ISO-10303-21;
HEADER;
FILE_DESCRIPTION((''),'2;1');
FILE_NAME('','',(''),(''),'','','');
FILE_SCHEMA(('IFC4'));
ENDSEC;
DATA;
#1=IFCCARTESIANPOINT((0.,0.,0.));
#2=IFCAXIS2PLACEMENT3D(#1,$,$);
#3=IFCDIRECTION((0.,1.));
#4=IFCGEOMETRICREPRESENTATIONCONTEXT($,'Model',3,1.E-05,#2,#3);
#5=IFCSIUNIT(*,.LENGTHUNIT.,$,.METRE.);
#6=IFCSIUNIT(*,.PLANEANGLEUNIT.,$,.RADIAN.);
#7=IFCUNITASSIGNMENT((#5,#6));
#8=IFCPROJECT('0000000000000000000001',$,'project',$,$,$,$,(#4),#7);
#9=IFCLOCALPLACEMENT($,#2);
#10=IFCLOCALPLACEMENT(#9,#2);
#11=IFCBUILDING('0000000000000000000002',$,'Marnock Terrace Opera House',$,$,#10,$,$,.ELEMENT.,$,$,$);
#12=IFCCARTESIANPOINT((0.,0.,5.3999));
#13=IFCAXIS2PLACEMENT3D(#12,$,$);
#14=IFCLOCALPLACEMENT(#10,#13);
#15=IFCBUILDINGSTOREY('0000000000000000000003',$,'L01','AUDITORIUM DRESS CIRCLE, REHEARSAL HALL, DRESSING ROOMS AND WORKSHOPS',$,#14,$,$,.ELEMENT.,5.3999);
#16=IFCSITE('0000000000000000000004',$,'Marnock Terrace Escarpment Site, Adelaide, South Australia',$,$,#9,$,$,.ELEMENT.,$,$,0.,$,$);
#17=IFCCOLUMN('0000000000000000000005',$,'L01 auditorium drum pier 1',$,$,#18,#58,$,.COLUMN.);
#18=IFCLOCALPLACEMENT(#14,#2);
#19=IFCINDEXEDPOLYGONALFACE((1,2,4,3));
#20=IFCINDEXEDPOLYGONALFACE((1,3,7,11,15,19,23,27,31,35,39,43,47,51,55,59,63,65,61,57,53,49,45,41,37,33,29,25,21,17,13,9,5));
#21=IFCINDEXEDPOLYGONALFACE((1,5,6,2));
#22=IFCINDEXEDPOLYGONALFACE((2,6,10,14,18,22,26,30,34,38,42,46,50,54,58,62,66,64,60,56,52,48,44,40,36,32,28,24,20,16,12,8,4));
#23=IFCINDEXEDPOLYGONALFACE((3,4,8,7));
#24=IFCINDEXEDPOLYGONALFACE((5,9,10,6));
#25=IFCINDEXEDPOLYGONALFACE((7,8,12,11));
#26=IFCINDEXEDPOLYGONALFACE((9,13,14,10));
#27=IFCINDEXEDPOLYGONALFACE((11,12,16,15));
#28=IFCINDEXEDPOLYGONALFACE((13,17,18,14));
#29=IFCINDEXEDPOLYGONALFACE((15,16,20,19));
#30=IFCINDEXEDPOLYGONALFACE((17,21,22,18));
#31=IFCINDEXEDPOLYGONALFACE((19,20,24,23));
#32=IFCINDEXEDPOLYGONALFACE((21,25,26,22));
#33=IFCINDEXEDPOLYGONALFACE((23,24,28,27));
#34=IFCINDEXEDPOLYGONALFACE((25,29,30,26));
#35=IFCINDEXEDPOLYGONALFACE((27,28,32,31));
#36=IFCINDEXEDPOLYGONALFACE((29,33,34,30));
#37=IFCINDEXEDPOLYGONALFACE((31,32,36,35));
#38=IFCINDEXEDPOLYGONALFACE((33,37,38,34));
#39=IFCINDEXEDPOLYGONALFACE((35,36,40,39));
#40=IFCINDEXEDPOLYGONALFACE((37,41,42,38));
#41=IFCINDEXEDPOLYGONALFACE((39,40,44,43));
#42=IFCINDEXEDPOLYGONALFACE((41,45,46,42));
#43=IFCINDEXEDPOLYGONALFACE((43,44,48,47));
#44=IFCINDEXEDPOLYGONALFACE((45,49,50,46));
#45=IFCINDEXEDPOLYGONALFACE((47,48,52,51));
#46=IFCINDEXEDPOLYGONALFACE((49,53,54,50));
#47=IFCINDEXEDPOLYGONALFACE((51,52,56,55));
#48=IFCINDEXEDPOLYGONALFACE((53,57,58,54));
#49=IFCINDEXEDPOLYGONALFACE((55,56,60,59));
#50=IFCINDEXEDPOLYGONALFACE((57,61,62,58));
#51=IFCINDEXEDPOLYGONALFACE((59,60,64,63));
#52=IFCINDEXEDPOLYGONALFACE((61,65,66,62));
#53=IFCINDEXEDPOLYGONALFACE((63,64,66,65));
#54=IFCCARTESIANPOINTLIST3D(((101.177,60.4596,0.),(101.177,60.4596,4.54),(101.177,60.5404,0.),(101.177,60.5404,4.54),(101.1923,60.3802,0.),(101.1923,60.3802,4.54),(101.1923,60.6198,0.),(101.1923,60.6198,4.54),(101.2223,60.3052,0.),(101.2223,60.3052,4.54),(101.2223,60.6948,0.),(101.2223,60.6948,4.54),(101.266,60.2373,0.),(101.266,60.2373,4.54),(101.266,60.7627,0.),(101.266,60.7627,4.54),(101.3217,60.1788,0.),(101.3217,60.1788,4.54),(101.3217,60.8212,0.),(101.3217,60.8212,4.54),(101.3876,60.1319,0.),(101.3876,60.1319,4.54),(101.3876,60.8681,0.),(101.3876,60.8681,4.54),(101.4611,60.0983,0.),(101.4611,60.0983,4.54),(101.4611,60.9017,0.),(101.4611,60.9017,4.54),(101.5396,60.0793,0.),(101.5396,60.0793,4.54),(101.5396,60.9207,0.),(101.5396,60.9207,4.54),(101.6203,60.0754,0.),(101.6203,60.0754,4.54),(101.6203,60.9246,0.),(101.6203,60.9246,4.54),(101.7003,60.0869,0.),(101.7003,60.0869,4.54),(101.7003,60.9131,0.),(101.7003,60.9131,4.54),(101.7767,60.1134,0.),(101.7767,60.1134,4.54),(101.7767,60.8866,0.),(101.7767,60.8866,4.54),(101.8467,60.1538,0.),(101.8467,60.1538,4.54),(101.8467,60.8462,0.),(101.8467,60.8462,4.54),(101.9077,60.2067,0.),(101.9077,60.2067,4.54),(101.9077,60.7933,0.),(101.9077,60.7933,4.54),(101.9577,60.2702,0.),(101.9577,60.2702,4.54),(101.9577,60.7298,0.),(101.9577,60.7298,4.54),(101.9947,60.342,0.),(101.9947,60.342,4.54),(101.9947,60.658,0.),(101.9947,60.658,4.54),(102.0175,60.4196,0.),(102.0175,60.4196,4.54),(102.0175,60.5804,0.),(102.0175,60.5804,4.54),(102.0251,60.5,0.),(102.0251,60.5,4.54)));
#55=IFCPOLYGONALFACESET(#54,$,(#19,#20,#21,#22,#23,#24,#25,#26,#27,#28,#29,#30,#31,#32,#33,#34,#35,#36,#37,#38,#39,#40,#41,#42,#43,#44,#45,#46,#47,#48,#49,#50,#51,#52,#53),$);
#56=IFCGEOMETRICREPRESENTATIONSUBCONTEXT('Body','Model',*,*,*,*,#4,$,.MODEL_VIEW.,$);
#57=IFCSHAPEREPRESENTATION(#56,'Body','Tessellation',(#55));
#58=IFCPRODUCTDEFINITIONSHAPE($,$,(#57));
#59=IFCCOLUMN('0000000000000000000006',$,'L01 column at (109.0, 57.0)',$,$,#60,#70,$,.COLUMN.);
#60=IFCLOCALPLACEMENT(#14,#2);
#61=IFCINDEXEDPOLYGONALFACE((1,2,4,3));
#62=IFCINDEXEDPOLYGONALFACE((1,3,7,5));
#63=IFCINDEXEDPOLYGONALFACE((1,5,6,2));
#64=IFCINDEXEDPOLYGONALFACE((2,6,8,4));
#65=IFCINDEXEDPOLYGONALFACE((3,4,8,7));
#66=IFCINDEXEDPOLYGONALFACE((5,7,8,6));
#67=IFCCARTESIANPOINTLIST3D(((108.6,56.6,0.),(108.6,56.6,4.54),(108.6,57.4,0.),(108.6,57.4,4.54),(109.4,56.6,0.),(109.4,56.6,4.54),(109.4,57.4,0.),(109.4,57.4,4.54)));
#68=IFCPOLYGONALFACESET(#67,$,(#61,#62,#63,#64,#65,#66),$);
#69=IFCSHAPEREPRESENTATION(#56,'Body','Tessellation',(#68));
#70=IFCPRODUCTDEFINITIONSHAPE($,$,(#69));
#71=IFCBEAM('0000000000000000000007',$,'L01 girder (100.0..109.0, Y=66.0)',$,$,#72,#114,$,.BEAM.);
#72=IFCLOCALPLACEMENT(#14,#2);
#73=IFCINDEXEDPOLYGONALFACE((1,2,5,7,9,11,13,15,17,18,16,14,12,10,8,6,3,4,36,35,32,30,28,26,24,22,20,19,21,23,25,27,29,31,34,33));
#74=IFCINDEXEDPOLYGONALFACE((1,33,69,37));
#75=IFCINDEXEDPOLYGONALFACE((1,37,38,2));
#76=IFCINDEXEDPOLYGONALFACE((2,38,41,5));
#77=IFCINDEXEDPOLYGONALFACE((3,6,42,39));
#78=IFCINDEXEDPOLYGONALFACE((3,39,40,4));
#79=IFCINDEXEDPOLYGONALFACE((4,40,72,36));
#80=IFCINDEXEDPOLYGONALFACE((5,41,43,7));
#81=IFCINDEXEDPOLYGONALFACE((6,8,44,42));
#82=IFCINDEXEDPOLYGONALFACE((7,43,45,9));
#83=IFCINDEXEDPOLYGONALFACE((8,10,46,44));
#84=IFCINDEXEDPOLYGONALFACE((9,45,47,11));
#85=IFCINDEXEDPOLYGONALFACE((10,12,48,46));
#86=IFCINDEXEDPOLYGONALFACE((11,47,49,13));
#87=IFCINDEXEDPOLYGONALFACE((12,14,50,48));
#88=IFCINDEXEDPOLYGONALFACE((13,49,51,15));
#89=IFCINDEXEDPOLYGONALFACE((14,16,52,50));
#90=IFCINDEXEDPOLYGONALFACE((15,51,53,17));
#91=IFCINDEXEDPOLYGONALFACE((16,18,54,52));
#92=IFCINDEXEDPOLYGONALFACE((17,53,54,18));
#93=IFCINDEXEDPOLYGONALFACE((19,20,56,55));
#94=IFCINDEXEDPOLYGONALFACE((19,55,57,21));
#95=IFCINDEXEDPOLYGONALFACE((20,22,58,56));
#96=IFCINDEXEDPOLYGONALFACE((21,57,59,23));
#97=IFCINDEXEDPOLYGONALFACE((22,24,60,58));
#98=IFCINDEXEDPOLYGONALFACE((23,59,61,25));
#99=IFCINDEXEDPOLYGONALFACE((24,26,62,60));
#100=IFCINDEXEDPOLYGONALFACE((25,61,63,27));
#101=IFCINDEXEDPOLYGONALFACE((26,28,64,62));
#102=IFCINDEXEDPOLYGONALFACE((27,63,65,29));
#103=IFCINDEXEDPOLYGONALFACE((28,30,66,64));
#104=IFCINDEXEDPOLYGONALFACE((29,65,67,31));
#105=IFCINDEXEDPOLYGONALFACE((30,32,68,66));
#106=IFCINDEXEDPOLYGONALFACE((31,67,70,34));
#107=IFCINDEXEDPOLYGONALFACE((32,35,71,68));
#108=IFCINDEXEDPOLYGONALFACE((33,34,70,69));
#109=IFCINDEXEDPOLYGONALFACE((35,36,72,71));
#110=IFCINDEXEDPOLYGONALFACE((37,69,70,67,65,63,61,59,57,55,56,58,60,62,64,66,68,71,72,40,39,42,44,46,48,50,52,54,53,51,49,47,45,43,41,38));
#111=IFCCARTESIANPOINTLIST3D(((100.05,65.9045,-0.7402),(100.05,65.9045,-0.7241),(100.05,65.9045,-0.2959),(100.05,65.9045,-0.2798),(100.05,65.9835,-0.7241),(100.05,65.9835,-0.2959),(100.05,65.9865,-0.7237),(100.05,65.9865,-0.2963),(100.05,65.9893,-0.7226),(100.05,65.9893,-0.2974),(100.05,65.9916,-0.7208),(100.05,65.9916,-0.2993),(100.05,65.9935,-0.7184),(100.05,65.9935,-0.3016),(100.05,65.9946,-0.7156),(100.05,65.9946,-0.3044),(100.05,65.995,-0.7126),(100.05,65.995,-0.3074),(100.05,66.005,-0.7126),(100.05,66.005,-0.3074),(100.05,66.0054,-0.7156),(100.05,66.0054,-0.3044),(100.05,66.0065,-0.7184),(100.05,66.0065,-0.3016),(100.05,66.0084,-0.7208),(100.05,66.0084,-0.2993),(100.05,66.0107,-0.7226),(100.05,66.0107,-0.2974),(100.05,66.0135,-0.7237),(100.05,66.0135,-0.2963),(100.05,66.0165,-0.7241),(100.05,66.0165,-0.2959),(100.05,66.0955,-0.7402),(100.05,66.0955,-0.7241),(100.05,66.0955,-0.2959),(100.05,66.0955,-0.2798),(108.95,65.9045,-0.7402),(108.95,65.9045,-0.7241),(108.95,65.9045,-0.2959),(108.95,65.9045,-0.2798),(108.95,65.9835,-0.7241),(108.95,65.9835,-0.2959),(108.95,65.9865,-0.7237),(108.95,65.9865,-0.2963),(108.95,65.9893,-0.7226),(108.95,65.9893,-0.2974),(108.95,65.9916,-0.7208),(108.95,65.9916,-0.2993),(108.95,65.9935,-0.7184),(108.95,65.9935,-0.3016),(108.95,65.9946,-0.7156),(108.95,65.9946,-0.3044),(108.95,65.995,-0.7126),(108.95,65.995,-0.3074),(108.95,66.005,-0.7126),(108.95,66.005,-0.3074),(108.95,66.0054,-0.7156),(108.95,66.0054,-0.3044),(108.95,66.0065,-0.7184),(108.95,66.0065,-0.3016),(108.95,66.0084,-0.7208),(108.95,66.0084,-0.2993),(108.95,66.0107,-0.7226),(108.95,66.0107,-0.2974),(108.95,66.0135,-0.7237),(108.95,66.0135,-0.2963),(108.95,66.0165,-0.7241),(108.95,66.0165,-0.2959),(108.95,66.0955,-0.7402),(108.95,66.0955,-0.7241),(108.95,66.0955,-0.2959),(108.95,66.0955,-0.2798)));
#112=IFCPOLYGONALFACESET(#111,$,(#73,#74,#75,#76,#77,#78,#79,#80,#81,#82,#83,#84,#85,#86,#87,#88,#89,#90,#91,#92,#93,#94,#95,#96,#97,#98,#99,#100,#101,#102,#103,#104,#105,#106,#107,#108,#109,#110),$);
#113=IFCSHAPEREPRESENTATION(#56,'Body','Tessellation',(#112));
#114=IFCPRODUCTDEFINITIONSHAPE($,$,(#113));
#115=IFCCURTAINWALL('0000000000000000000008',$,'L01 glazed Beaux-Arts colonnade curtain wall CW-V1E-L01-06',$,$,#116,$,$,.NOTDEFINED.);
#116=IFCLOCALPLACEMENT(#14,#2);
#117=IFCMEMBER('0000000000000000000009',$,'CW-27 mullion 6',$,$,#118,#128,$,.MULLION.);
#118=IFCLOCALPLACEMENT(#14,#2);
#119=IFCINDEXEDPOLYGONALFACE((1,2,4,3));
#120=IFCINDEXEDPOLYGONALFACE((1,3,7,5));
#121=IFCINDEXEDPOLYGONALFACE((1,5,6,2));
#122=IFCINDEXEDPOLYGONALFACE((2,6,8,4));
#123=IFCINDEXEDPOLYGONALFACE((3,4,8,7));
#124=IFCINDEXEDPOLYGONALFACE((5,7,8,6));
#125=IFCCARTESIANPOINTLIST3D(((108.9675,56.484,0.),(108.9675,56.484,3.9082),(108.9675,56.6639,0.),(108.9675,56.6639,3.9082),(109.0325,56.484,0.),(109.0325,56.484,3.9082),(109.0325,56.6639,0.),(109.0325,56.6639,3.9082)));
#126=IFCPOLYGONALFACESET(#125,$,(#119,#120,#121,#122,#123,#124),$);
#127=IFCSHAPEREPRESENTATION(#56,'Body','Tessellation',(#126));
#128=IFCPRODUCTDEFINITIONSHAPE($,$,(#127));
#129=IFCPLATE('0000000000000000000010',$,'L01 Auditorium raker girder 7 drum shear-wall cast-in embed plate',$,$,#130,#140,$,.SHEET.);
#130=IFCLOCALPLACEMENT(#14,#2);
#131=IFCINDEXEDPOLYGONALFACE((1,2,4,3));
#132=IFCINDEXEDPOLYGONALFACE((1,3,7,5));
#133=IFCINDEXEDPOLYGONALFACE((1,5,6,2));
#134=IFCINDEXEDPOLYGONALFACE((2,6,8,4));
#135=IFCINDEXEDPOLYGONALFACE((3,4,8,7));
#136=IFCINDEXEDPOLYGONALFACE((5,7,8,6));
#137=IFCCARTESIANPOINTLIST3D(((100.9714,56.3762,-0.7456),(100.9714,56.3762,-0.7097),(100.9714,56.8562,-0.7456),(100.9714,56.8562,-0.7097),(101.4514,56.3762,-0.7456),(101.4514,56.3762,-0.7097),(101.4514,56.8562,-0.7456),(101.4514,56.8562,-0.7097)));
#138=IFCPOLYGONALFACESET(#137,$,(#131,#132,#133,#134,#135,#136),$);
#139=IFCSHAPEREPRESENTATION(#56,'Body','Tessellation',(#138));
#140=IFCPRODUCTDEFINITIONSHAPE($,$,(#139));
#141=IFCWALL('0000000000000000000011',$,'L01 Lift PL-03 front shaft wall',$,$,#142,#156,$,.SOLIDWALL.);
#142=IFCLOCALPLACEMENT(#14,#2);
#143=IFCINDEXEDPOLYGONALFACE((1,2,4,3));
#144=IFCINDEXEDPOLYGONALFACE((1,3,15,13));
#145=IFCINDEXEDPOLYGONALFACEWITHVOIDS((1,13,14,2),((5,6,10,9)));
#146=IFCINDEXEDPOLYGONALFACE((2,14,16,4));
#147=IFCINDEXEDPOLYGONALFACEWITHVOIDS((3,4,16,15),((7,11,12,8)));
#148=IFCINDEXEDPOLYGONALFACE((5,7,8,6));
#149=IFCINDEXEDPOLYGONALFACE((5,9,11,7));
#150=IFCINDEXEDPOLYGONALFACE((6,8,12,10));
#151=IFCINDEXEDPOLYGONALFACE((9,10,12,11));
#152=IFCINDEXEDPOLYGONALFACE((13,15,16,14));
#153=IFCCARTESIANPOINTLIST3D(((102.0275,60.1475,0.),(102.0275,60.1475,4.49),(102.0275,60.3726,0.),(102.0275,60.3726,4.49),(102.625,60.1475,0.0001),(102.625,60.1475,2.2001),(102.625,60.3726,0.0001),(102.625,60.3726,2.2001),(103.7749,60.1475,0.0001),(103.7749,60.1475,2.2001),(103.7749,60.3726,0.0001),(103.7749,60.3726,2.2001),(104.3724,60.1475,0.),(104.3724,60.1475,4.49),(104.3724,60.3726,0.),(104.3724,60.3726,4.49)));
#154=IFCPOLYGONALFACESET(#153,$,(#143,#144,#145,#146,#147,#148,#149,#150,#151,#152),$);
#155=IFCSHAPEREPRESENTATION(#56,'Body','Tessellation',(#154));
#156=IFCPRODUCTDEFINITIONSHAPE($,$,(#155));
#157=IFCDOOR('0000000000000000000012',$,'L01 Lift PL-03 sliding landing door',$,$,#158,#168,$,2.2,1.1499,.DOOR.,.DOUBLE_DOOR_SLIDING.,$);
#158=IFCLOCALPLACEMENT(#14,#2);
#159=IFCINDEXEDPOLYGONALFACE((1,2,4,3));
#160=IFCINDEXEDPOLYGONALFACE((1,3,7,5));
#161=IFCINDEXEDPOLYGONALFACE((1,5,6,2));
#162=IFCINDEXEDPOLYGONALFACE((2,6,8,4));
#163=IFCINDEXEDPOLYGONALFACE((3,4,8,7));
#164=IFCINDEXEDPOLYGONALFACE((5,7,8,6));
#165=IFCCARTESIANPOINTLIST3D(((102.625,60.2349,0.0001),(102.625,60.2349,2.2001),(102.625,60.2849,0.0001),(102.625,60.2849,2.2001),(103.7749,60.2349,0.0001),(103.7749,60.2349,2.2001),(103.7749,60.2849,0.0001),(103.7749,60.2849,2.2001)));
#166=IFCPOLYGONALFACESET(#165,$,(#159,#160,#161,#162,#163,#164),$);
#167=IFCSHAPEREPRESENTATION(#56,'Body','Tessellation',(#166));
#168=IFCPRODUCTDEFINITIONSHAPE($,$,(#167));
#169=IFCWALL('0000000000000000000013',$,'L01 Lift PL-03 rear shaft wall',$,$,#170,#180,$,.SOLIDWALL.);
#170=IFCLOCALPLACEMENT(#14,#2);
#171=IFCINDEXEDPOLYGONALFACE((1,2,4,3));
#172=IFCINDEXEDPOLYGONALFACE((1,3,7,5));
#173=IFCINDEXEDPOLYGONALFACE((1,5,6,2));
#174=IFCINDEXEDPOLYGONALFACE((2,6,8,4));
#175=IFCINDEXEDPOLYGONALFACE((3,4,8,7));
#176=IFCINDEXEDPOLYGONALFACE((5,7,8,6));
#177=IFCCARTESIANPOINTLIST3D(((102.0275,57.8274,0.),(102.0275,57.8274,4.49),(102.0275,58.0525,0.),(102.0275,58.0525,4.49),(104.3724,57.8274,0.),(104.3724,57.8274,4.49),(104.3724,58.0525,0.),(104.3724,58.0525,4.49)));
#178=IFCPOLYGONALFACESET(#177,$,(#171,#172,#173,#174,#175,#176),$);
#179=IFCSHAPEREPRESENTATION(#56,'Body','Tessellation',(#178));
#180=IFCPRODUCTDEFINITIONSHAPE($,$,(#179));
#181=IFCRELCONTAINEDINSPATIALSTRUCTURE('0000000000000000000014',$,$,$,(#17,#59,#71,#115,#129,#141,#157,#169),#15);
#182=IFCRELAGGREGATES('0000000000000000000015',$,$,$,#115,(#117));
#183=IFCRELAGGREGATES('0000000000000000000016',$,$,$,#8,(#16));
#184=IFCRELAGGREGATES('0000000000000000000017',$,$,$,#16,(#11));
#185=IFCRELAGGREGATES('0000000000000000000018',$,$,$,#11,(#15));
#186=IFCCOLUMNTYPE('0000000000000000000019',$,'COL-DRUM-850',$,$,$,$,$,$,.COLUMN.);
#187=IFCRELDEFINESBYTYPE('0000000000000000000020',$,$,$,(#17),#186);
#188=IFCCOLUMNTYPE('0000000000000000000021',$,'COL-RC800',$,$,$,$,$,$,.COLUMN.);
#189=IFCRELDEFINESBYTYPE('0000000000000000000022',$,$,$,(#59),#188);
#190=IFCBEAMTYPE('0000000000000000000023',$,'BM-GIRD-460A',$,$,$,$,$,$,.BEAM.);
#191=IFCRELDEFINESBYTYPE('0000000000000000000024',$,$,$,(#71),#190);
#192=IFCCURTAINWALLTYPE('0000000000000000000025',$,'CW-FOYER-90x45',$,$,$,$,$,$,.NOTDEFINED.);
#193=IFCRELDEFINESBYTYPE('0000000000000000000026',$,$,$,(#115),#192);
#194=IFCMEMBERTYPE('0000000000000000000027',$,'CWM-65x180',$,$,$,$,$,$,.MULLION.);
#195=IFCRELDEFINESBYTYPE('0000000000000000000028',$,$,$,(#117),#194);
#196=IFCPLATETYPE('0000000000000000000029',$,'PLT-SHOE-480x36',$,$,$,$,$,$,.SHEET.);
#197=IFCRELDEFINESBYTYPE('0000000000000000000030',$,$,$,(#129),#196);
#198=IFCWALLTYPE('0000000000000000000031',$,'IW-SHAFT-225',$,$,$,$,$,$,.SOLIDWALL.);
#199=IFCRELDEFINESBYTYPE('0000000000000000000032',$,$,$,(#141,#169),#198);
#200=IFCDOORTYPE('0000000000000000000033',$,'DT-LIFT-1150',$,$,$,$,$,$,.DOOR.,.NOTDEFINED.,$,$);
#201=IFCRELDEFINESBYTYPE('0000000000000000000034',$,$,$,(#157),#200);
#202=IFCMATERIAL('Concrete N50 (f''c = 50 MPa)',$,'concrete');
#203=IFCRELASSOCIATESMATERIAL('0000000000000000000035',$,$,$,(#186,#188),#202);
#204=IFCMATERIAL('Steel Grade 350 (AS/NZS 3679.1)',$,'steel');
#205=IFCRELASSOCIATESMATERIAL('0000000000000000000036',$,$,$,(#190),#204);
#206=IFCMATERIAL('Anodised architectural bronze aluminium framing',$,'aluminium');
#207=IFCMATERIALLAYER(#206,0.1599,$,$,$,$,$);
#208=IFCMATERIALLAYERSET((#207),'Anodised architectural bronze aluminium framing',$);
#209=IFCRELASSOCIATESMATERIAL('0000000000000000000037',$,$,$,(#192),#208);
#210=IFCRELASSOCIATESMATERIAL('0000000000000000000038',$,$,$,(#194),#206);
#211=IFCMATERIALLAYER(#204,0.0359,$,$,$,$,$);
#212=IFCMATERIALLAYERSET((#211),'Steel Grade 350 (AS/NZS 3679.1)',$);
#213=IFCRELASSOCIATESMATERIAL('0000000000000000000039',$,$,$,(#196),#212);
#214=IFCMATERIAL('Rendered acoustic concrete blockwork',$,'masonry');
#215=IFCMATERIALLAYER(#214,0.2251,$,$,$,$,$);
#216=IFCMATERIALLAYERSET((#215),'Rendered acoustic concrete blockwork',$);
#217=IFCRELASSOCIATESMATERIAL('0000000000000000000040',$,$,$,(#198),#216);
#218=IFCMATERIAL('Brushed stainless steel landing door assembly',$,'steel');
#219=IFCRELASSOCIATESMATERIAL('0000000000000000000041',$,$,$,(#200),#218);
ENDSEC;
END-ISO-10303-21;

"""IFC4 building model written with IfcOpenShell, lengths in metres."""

from ifc_helpers import new_model, si_unit, direction, frame, frame_2d, origin, origin_2d, place, context, subcontext, project, spatial, rectangle, circle, i_section, extrude, material, layer, layer_set, material_profile, profile_set, type_object, element, fill, aggregate, save


model = new_model("IFC4")

# Units and contexts
model_context = context("Model", 3, precision=1e-05, world=origin(), true_north=direction((0.0, 1.0)))
body_context = subcontext(model_context, "Body", "Model", "MODEL_VIEW")
ifc_project = project(units=[si_unit("LENGTHUNIT", "METRE"), si_unit("PLANEANGLEUNIT", "RADIAN")], contexts=[model_context])

# Site, building, storey
site_placement = place(None, origin())
site = spatial("IfcSite", under=ifc_project, at=site_placement, Name="Marnock Terrace Escarpment Site, Adelaide, South Australia", CompositionType="ELEMENT", RefElevation=0.0)
building_placement = place(site_placement, origin())
building = spatial("IfcBuilding", under=site, at=building_placement, Name="Marnock Terrace Opera House", CompositionType="ELEMENT")
storey_placement = place(building_placement, frame((0.0, 0.0, 5.3999)))
storey = spatial("IfcBuildingStorey", under=building, at=storey_placement, Name="L01", Description="AUDITORIUM DRESS CIRCLE, REHEARSAL HALL, DRESSING ROOMS AND WORKSHOPS", CompositionType="ELEMENT", Elevation=5.3999)

# Columns
ifc_material_1 = material(Name="Concrete N50 (f'c = 50 MPa)", Category="concrete")
ifc_material_profile_1 = material_profile(ifc_material_1, circle(Radius=0.425, at=origin_2d()))
ifc_profile_set_1 = profile_set([ifc_material_profile_1], Name="Concrete N50 (f'c = 50 MPa)")
column_type_1 = type_object("IfcColumnType", Name="COL-DRUM-850", PredefinedType="COLUMN", material=ifc_profile_set_1)
column_1_placement = place(storey_placement, frame((101.6001, 60.5, 0.0), z_axis=(0.0, 0.0, 1.0), x_axis=(1.0, 0.0, 0.0)))
element("IfcColumn", 1, at=column_1_placement, inside=storey, type_object=column_type_1, Name="L01 auditorium drum pier 1", PredefinedType="COLUMN", context=body_context, shape_type="SweptSolid", body=[
    extrude(circle(Radius=0.425, at=origin_2d()), origin(), (0.0, 0.0, 1.0), 4.54),
])
ifc_material_profile_2 = material_profile(ifc_material_1, rectangle(XDim=0.8, YDim=0.8, at=origin_2d()))
ifc_profile_set_2 = profile_set([ifc_material_profile_2], Name="Concrete N50 (f'c = 50 MPa)")
column_type_2 = type_object("IfcColumnType", Name="COL-RC800", PredefinedType="COLUMN", material=ifc_profile_set_2)
column_2_placement = place(storey_placement, frame((109.0, 57.0, 0.0), z_axis=(0.0, 0.0, 1.0), x_axis=(1.0, 0.0, 0.0)))
element("IfcColumn", 2, at=column_2_placement, inside=storey, type_object=column_type_2, Name="L01 column at (109.0, 57.0)", PredefinedType="COLUMN", context=body_context, shape_type="SweptSolid", body=[
    extrude(rectangle(XDim=0.8, YDim=0.8, at=origin_2d()), origin(), (0.0, 0.0, 1.0), 4.54),
])

# Beam
ifc_material_2 = material(Name="Steel Grade 350 (AS/NZS 3679.1)", Category="steel")
ifc_material_profile_3 = material_profile(ifc_material_2, i_section(OverallWidth=0.1909, OverallDepth=0.4604, WebThickness=0.01, FlangeThickness=0.0161, FilletRadius=0.0115, at=origin_2d()))
ifc_profile_set_3 = profile_set([ifc_material_profile_3], Name="Steel Grade 350 (AS/NZS 3679.1)")
beam_type = type_object("IfcBeamType", Name="BM-GIRD-460A", PredefinedType="BEAM", material=ifc_profile_set_3)
beam_placement = place(storey_placement, frame((100.05, 66.0, -0.51), z_axis=(1.0, 0.0, 0.0), x_axis=(0.0, 1.0, 0.0)))
element("IfcBeam", 3, at=beam_placement, inside=storey, type_object=beam_type, Name="L01 girder (100.0..109.0, Y=66.0)", PredefinedType="BEAM", context=body_context, shape_type="SweptSolid", body=[
    extrude(i_section(OverallWidth=0.1909, OverallDepth=0.4604, WebThickness=0.01, FlangeThickness=0.0161, FilletRadius=0.0115, at=origin_2d()), origin(), (0.0, 0.0, 1.0), 8.8999),
])

# Curtain wall, member
ifc_material_3 = material(Name="Anodised architectural bronze aluminium framing", Category="aluminium")
ifc_layer_1 = layer(ifc_material_3, 0.1599)
ifc_layer_set_1 = layer_set([ifc_layer_1], Name="Anodised architectural bronze aluminium framing")
curtain_wall_type = type_object("IfcCurtainWallType", Name="CW-FOYER-90x45", PredefinedType="NOTDEFINED", material=ifc_layer_set_1)
curtain_wall_placement = place(storey_placement, origin())
curtain_wall = element("IfcCurtainWall", 4, at=curtain_wall_placement, inside=storey, type_object=curtain_wall_type, Name="L01 glazed Beaux-Arts colonnade curtain wall CW-V1E-L01-06", PredefinedType="NOTDEFINED")
ifc_material_profile_4 = material_profile(ifc_material_3, rectangle(XDim=0.0649, YDim=0.1799, at=origin_2d()))
ifc_profile_set_4 = profile_set([ifc_material_profile_4], Name="Anodised architectural bronze aluminium framing")
member_type = type_object("IfcMemberType", Name="CWM-65x180", PredefinedType="MULLION", material=ifc_profile_set_4)
member_placement = place(storey_placement, frame((109.0, 56.574, 0.0), z_axis=(0.0, 0.0, 1.0), x_axis=(-1.0, 0.0, 0.0)))
member = element("IfcMember", 5, at=member_placement, type_object=member_type, Name="CW-27 mullion 6", PredefinedType="MULLION", context=body_context, shape_type="SweptSolid", body=[
    extrude(rectangle(XDim=0.0649, YDim=0.1799, at=origin_2d()), origin(), (0.0, 0.0, 1.0), 3.9082),
])
aggregate(curtain_wall, [member])

# Plate
ifc_layer_2 = layer(ifc_material_2, 0.0359)
ifc_layer_set_2 = layer_set([ifc_layer_2], Name="Steel Grade 350 (AS/NZS 3679.1)")
plate_type = type_object("IfcPlateType", Name="PLT-SHOE-480x36", PredefinedType="SHEET", material=ifc_layer_set_2)
plate_placement = place(storey_placement, frame((101.2114, 56.6162, -0.7456), z_axis=(0.0, 0.0, 1.0), x_axis=(1.0, 0.0, 0.0)))
element("IfcPlate", 6, at=plate_placement, inside=storey, type_object=plate_type, Name="L01 Auditorium raker girder 7 drum shear-wall cast-in embed plate", PredefinedType="SHEET", context=body_context, shape_type="SweptSolid", body=[
    extrude(rectangle(XDim=0.48, YDim=0.48, at=origin_2d()), origin(), (0.0, 0.0, 1.0), 0.0359),
])

# Wall, opening, door
ifc_material_4 = material(Name="Rendered acoustic concrete blockwork", Category="masonry")
ifc_layer_3 = layer(ifc_material_4, 0.2251)
ifc_layer_set_3 = layer_set([ifc_layer_3], Name="Rendered acoustic concrete blockwork")
wall_type_1 = type_object("IfcWallType", Name="IW-SHAFT-225", PredefinedType="SOLIDWALL", material=ifc_layer_set_3)
wall_1_placement = place(storey_placement, frame((102.0276, 60.26, 0.0), z_axis=(0.0, 0.0, 1.0), x_axis=(1.0, 0.0, 0.0)))
wall_1 = element("IfcWall", 7, at=wall_1_placement, inside=storey, type_object=wall_type_1, Name="L01 Lift PL-03 front shaft wall", PredefinedType="SOLIDWALL", context=body_context, shape_type="SweptSolid", body=[
    extrude(rectangle(XDim=2.345, YDim=0.2251, at=frame_2d((1.1724, 0.0))), origin(), (0.0, 0.0, 1.0), 4.49),
])
opening_1_placement = place(wall_1_placement, frame((0.5974, 0.0, 0.0)))
opening_1 = element("IfcOpeningElement", 8, at=opening_1_placement, cuts=wall_1, PredefinedType="OPENING", context=body_context, shape_type="SweptSolid", body=[
    extrude(rectangle(XDim=1.1499, YDim=2.2, at=frame_2d((0.575, 1.1001))), frame((0.0, 0.1226, 0.0), z_axis=(0.0, -1.0, 0.0), x_axis=(1.0, 0.0, 0.0)), (0.0, 0.0, 1.0), 0.2451),
])
ifc_material_5 = material(Name="Brushed stainless steel landing door assembly", Category="steel")
door_type = type_object("IfcDoorType", Name="DT-LIFT-1150", OperationType="NOTDEFINED", PredefinedType="DOOR", material=ifc_material_5)
door_1_placement = place(opening_1_placement, origin())
door_1 = element("IfcDoor", 9, at=door_1_placement, inside=storey, type_object=door_type, Name="L01 Lift PL-03 sliding landing door", OperationType="DOUBLE_DOOR_SLIDING", OverallHeight=2.2, OverallWidth=1.1499, PredefinedType="DOOR", context=body_context, shape_type="SweptSolid", body=[
    extrude(rectangle(XDim=1.1499, YDim=2.2, at=frame_2d((0.575, 1.1001))), frame((0.0, 0.0249, 0.0), z_axis=(0.0, -1.0, 0.0), x_axis=(1.0, 0.0, 0.0)), (0.0, 0.0, 1.0), 0.05),
])
fill(opening_1, door_1)

# Wall
wall_2_placement = place(storey_placement, frame((102.0276, 57.9399, 0.0), z_axis=(0.0, 0.0, 1.0), x_axis=(1.0, 0.0, 0.0)))
element("IfcWall", 10, at=wall_2_placement, inside=storey, type_object=wall_type_1, Name="L01 Lift PL-03 rear shaft wall", PredefinedType="SOLIDWALL", context=body_context, shape_type="SweptSolid", body=[
    extrude(rectangle(XDim=2.345, YDim=0.2251, at=frame_2d((1.1724, 0.0))), origin(), (0.0, 0.0, 1.0), 4.49),
])

save(model, "model.ifc")
